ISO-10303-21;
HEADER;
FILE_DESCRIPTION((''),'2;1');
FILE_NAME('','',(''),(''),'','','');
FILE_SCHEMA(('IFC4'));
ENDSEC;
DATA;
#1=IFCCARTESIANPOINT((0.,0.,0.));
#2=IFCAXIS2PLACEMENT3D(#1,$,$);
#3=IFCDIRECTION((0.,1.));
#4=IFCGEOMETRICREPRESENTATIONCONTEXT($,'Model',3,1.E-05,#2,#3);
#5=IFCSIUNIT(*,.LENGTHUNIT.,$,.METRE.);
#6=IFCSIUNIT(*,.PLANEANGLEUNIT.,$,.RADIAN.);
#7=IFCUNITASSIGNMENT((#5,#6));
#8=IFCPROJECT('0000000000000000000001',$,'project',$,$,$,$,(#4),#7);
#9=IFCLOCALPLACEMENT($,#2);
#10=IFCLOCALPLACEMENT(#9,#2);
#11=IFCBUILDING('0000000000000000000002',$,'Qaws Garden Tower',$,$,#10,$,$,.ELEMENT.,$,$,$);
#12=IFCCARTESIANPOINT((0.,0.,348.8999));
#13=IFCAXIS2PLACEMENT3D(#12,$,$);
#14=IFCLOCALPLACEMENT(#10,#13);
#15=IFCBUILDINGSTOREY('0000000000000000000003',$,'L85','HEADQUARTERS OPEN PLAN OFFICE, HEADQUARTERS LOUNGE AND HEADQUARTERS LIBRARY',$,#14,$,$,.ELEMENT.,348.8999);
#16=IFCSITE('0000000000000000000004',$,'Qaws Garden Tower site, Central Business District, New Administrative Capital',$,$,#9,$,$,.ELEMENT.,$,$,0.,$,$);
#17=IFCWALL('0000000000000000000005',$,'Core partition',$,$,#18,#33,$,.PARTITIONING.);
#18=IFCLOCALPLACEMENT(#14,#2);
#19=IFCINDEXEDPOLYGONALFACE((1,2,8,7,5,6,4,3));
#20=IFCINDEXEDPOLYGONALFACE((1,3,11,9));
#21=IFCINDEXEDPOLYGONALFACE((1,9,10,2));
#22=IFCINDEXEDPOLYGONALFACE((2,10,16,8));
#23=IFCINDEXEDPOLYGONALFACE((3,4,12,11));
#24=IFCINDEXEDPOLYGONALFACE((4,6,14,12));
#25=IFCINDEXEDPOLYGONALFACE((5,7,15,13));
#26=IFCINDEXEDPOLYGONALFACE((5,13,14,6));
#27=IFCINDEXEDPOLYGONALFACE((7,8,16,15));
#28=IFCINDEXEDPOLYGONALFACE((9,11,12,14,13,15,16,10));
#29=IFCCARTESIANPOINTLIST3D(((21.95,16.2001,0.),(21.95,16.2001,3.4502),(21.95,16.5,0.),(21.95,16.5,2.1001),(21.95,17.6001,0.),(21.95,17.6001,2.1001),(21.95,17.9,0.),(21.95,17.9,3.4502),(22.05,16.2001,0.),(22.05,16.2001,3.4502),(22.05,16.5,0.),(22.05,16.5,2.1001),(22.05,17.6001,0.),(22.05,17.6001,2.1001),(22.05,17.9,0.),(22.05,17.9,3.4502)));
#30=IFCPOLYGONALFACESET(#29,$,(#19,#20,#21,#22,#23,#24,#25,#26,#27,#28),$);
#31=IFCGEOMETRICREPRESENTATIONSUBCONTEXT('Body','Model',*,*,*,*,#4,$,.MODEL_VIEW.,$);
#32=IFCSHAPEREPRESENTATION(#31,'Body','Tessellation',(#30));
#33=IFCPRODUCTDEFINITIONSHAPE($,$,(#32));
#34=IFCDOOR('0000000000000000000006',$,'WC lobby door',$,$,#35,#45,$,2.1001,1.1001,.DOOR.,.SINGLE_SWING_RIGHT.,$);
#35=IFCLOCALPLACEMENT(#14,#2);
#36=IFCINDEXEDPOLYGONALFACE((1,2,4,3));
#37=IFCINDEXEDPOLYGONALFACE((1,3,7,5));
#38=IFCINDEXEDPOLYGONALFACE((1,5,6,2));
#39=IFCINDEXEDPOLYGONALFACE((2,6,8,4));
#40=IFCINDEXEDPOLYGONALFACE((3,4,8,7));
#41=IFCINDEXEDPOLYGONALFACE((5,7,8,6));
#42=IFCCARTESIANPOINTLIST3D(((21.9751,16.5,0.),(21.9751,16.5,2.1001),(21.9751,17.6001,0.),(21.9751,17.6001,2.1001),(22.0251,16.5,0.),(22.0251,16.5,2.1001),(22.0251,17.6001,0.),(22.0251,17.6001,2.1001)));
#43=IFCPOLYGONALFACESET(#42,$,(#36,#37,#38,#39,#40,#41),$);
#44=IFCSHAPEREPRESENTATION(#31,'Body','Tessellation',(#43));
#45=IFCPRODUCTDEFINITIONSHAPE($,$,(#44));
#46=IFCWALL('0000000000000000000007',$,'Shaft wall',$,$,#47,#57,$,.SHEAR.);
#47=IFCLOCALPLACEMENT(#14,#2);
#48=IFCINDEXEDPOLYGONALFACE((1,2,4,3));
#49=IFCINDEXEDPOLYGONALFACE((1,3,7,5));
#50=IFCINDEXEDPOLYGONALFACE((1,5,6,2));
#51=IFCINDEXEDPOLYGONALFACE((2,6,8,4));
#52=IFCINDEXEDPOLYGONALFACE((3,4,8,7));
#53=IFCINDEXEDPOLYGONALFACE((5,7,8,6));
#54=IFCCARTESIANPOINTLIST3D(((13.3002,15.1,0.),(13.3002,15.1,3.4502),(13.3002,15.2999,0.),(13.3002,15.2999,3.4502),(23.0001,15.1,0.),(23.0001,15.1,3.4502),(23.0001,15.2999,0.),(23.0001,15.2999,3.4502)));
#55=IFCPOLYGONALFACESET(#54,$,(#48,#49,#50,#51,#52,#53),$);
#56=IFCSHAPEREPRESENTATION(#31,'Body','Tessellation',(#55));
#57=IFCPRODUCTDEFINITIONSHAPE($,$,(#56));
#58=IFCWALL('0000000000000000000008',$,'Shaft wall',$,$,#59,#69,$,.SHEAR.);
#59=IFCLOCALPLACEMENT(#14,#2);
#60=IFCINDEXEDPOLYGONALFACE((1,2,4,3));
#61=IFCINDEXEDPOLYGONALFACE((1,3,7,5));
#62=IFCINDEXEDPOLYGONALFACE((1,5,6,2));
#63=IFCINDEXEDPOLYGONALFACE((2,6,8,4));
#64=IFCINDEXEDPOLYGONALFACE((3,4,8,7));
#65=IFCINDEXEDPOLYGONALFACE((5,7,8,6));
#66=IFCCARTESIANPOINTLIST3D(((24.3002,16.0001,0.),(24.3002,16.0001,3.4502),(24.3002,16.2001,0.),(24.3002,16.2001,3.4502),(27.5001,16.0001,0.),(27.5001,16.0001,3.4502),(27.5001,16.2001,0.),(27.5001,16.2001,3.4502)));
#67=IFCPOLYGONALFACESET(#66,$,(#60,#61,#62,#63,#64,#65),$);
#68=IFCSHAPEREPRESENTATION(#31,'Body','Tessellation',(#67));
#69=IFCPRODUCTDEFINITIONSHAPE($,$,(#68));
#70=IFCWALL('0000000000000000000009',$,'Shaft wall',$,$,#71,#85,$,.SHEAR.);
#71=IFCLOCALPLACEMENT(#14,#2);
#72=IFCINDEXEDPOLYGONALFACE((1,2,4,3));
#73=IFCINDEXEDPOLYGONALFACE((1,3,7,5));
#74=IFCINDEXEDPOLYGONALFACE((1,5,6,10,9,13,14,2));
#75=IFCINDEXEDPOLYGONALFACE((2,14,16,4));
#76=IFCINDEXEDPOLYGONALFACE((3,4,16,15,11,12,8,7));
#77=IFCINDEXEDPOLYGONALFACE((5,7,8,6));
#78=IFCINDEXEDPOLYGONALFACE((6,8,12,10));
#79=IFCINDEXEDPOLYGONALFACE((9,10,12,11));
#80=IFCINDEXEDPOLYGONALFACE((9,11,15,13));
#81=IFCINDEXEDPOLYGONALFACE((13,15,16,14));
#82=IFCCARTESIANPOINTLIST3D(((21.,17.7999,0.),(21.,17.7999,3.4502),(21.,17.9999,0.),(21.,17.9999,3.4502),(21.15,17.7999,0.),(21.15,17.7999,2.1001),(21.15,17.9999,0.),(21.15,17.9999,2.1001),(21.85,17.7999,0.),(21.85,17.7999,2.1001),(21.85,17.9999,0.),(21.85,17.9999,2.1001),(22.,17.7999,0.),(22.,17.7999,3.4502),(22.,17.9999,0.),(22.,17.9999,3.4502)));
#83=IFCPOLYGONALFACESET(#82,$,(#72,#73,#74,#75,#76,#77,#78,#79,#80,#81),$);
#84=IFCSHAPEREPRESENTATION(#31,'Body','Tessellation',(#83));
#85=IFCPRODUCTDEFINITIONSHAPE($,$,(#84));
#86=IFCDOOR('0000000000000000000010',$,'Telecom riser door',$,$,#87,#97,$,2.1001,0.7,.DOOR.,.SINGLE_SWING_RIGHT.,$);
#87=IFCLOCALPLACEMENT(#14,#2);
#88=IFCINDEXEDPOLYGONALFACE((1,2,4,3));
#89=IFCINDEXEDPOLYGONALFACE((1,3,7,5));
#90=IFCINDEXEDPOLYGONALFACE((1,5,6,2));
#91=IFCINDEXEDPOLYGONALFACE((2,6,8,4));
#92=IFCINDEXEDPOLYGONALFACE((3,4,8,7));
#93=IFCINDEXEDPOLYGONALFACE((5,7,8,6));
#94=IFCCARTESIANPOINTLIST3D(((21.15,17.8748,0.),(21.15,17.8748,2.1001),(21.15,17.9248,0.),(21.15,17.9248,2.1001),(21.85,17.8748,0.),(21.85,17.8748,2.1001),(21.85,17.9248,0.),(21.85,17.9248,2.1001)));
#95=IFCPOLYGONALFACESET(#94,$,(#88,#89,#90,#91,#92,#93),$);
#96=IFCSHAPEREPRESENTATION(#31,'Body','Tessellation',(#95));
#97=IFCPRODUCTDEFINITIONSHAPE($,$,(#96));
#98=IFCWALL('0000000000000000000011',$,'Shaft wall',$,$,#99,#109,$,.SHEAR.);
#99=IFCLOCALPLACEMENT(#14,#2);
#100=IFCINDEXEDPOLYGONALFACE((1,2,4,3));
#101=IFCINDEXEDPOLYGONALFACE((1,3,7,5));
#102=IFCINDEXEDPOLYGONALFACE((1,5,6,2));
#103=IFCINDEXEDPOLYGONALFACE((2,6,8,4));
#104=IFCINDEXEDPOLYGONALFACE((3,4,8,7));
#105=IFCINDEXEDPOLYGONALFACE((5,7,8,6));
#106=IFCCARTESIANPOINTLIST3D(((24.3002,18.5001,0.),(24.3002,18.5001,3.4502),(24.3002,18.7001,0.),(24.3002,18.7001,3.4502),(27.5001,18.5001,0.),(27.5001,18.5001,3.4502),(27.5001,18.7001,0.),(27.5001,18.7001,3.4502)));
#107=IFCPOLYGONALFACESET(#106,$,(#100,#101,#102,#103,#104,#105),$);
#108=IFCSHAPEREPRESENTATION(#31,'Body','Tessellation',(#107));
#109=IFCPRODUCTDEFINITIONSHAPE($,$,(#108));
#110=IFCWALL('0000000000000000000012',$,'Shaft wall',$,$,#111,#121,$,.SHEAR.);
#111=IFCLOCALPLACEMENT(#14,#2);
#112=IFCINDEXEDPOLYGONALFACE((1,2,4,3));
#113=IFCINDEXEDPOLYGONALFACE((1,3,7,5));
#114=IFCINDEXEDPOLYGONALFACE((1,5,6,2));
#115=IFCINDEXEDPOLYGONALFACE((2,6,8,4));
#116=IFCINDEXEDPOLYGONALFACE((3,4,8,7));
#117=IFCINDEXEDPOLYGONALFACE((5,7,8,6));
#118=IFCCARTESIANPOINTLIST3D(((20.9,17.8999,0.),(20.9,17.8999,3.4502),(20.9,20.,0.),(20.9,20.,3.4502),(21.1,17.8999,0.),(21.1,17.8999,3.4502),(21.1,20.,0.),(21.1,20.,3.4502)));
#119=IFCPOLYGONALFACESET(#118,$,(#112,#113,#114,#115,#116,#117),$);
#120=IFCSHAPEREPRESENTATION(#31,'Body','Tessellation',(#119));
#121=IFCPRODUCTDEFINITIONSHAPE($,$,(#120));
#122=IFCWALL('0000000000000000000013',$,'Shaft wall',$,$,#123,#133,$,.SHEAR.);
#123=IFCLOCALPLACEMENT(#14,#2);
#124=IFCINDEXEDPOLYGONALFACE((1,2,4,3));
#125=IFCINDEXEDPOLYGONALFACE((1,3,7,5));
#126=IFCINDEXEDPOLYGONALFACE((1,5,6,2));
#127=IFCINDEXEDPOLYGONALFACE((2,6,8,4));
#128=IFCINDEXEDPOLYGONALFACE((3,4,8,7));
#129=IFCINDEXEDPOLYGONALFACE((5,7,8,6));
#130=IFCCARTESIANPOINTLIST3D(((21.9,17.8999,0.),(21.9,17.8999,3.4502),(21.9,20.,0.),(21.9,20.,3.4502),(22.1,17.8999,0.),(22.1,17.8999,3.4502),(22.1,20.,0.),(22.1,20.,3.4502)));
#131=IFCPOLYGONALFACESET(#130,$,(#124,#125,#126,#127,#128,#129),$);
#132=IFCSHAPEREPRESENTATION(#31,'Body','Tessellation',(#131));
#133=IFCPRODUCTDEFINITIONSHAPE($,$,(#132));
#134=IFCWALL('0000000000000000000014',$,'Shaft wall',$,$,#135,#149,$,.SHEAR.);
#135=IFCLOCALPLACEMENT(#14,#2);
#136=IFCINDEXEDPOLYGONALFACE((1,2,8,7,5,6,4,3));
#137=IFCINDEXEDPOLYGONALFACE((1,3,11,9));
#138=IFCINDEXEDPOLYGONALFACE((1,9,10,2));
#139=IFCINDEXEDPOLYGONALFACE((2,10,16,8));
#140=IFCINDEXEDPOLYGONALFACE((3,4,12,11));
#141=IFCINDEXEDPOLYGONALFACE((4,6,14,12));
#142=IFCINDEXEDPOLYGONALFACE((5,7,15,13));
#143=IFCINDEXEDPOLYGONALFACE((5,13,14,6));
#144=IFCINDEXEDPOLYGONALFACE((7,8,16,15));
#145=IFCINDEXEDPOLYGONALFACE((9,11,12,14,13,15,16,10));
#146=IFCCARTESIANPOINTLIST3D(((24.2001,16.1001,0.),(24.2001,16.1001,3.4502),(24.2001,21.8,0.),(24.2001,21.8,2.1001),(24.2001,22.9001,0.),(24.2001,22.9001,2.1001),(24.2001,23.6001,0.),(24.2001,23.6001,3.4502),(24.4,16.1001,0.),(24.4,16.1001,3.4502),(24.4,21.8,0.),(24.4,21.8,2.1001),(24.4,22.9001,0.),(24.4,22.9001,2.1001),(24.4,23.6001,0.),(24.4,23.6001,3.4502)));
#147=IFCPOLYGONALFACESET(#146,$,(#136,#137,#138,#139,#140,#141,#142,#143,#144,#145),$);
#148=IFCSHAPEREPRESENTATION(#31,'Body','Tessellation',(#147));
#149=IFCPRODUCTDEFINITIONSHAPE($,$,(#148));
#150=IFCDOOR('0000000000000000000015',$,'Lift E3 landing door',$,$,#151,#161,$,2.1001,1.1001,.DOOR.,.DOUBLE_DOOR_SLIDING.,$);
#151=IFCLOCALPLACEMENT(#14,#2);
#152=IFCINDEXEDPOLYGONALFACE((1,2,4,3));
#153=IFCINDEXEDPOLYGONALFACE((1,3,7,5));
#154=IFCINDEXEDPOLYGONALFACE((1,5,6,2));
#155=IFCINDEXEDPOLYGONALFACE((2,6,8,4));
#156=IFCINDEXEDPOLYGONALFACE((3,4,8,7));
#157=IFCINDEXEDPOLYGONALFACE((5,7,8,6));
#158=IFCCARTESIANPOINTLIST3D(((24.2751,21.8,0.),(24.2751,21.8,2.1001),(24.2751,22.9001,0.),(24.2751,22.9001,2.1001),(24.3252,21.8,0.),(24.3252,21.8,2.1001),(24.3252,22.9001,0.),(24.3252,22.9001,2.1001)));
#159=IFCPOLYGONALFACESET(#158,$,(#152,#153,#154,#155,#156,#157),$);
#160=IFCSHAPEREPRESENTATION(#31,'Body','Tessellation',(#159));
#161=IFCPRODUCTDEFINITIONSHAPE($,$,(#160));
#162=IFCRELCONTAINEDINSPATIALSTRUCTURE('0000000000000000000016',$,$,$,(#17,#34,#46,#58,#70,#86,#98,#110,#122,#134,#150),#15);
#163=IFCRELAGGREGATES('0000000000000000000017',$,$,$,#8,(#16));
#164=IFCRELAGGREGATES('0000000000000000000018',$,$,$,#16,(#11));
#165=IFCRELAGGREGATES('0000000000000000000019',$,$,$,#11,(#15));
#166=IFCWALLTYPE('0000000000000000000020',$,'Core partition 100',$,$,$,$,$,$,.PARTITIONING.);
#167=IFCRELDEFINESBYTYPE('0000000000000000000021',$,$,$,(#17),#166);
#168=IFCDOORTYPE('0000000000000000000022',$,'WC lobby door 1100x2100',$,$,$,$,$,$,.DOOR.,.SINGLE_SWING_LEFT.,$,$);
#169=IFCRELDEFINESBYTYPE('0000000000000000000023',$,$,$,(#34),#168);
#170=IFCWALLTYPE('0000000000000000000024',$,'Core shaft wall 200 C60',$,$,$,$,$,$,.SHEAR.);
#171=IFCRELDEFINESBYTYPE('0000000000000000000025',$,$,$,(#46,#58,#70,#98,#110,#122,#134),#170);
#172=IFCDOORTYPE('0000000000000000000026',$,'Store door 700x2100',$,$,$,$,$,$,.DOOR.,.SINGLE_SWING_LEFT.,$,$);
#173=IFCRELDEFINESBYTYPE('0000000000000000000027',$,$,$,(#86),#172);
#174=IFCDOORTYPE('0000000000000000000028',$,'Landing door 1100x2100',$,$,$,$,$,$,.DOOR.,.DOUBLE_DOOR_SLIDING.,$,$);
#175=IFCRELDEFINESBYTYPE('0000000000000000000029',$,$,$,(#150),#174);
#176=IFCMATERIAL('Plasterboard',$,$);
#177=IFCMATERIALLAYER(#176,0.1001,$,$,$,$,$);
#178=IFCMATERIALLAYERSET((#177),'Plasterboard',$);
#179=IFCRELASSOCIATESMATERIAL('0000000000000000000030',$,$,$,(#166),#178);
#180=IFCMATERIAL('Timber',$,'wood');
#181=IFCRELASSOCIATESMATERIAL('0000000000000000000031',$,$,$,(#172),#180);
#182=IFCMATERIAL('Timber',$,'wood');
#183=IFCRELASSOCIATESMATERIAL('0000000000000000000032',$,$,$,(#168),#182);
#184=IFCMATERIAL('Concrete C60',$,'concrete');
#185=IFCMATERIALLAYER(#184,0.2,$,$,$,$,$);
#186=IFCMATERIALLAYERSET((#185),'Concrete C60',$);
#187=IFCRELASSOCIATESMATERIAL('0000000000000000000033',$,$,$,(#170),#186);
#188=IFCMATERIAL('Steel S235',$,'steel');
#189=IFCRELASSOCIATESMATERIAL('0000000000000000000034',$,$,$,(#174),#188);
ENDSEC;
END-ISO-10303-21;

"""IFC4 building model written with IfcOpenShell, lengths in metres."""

from ifc_helpers import new_model, si_unit, direction, frame, frame_2d, origin, place, context, subcontext, project, spatial, rectangle, extrude, material, layer, layer_set, type_object, element, fill, save


model = new_model("IFC4")

# Units and contexts
model_context = context("Model", 3, precision=1e-05, world=origin(), true_north=direction((0.0, 1.0)))
body_context = subcontext(model_context, "Body", "Model", "MODEL_VIEW")
ifc_project = project(units=[si_unit("LENGTHUNIT", "METRE"), si_unit("PLANEANGLEUNIT", "RADIAN")], contexts=[model_context])

# Site, building, storey
site_placement = place(None, origin())
site = spatial("IfcSite", under=ifc_project, at=site_placement, Name="Qaws Garden Tower site, Central Business District, New Administrative Capital", CompositionType="ELEMENT", RefElevation=0.0)
building_placement = place(site_placement, origin())
building = spatial("IfcBuilding", under=site, at=building_placement, Name="Qaws Garden Tower", CompositionType="ELEMENT")
storey_placement = place(building_placement, frame((0.0, 0.0, 348.8999)))
storey = spatial("IfcBuildingStorey", under=building, at=storey_placement, Name="L85", Description="HEADQUARTERS OPEN PLAN OFFICE, HEADQUARTERS LOUNGE AND HEADQUARTERS LIBRARY", CompositionType="ELEMENT", Elevation=348.8999)

# Shared definitions
ifc_material_1 = material(Name="Plasterboard")
ifc_layer_1 = layer(ifc_material_1, 0.1001)
ifc_layer_set_1 = layer_set([ifc_layer_1], Name="Plasterboard")
wall_type_1 = type_object("IfcWallType", Name="Core partition 100", PredefinedType="PARTITIONING", material=ifc_layer_set_1)

# Shared definitions
ifc_material_2 = material(Name="Timber", Category="wood")
door_type_1 = type_object("IfcDoorType", Name="Store door 700x2100", OperationType="SINGLE_SWING_LEFT", PredefinedType="DOOR", material=ifc_material_2)

# Wall, opening, door
wall_1_placement = place(storey_placement, frame((22.0, 16.2, 0.0), z_axis=(0.0, 0.0, 1.0), x_axis=(0.0, 1.0, 0.0)))
wall_1 = element("IfcWall", 1, at=wall_1_placement, inside=storey, type_object=wall_type_1, Name="Core partition", PredefinedType="PARTITIONING", context=body_context, shape_type="SweptSolid", body=[
    extrude(rectangle(XDim=1.7, YDim=0.1001, at=frame_2d((0.8501, 0.0))), origin(), (0.0, 0.0, 1.0), 3.4502),
])
opening_1_placement = place(wall_1_placement, frame((0.3, 0.0, 0.0)))
opening_1 = element("IfcOpeningElement", 2, at=opening_1_placement, cuts=wall_1, PredefinedType="OPENING", context=body_context, shape_type="SweptSolid", body=[
    extrude(rectangle(XDim=1.1001, YDim=2.1001, at=frame_2d((0.55, 1.05))), frame((0.0, 0.0601, 0.0), z_axis=(0.0, -1.0, 0.0), x_axis=(1.0, 0.0, 0.0)), (0.0, 0.0, 1.0), 0.1201),
])
ifc_material_3 = material(Name="Timber", Category="wood")
door_type_2 = type_object("IfcDoorType", Name="WC lobby door 1100x2100", OperationType="SINGLE_SWING_LEFT", PredefinedType="DOOR", material=ifc_material_3)
door_1_placement = place(opening_1_placement, origin())
door_1 = element("IfcDoor", 3, at=door_1_placement, inside=storey, type_object=door_type_2, Name="WC lobby door", OperationType="SINGLE_SWING_RIGHT", OverallHeight=2.1001, OverallWidth=1.1001, PredefinedType="DOOR", context=body_context, shape_type="SweptSolid", body=[
    extrude(rectangle(XDim=1.1001, YDim=2.1001, at=frame_2d((0.55, 1.05))), frame((0.0, 0.0249, 0.0), z_axis=(0.0, -1.0, 0.0), x_axis=(1.0, 0.0, 0.0)), (0.0, 0.0, 1.0), 0.05),
])
fill(opening_1, door_1)

# Walls
ifc_material_4 = material(Name="Concrete C60", Category="concrete")
ifc_layer_2 = layer(ifc_material_4, 0.2)
ifc_layer_set_2 = layer_set([ifc_layer_2], Name="Concrete C60")
wall_type_2 = type_object("IfcWallType", Name="Core shaft wall 200 C60", PredefinedType="SHEAR", material=ifc_layer_set_2)
wall_2_placement = place(storey_placement, frame((13.3, 15.2, 0.0), z_axis=(0.0, 0.0, 1.0), x_axis=(1.0, 0.0, 0.0)))
element("IfcWall", 4, at=wall_2_placement, inside=storey, type_object=wall_type_2, Name="Shaft wall", PredefinedType="SHEAR", context=body_context, shape_type="SweptSolid", body=[
    extrude(rectangle(XDim=9.7, YDim=0.2, at=frame_2d((4.8501, 0.0))), origin(), (0.0, 0.0, 1.0), 3.4502),
])
wall_3_placement = place(storey_placement, frame((24.3, 16.1001, 0.0), z_axis=(0.0, 0.0, 1.0), x_axis=(1.0, 0.0, 0.0)))
element("IfcWall", 5, at=wall_3_placement, inside=storey, type_object=wall_type_2, Name="Shaft wall", PredefinedType="SHEAR", context=body_context, shape_type="SweptSolid", body=[
    extrude(rectangle(XDim=3.2, YDim=0.2, at=frame_2d((1.6001, 0.0))), origin(), (0.0, 0.0, 1.0), 3.4502),
])

# Wall, opening, door
wall_4_placement = place(storey_placement, frame((21.0, 17.8999, 0.0), z_axis=(0.0, 0.0, 1.0), x_axis=(1.0, 0.0, 0.0)))
wall_4 = element("IfcWall", 6, at=wall_4_placement, inside=storey, type_object=wall_type_2, Name="Shaft wall", PredefinedType="SHEAR", context=body_context, shape_type="SweptSolid", body=[
    extrude(rectangle(XDim=1.0, YDim=0.2, at=frame_2d((0.5, 0.0))), origin(), (0.0, 0.0, 1.0), 3.4502),
])
opening_2_placement = place(wall_4_placement, frame((0.1499, 0.0, 0.0)))
opening_2 = element("IfcOpeningElement", 7, at=opening_2_placement, cuts=wall_4, PredefinedType="OPENING", context=body_context, shape_type="SweptSolid", body=[
    extrude(rectangle(XDim=0.7, YDim=2.1001, at=frame_2d((0.3501, 1.05))), frame((0.0, 0.1099, 0.0), z_axis=(0.0, -1.0, 0.0), x_axis=(1.0, 0.0, 0.0)), (0.0, 0.0, 1.0), 0.22),
])
door_2_placement = place(opening_2_placement, origin())
door_2 = element("IfcDoor", 8, at=door_2_placement, inside=storey, type_object=door_type_1, Name="Telecom riser door", OperationType="SINGLE_SWING_RIGHT", OverallHeight=2.1001, OverallWidth=0.7, PredefinedType="DOOR", context=body_context, shape_type="SweptSolid", body=[
    extrude(rectangle(XDim=0.7, YDim=2.1001, at=frame_2d((0.3501, 1.05))), frame((0.0, 0.0249, 0.0), z_axis=(0.0, -1.0, 0.0), x_axis=(1.0, 0.0, 0.0)), (0.0, 0.0, 1.0), 0.05),
])
fill(opening_2, door_2)

# Walls
wall_5_placement = place(storey_placement, frame((24.3, 18.6001, 0.0), z_axis=(0.0, 0.0, 1.0), x_axis=(1.0, 0.0, 0.0)))
element("IfcWall", 9, at=wall_5_placement, inside=storey, type_object=wall_type_2, Name="Shaft wall", PredefinedType="SHEAR", context=body_context, shape_type="SweptSolid", body=[
    extrude(rectangle(XDim=3.2, YDim=0.2, at=frame_2d((1.6001, 0.0))), origin(), (0.0, 0.0, 1.0), 3.4502),
])
for number, where, z_axis, x_axis, name in (
    (10, (21.0, 17.8999, 0.0), (0.0, 0.0, 1.0), (0.0, 1.0, 0.0), "Shaft wall"),
    (11, (22.0, 17.8999, 0.0), (0.0, 0.0, 1.0), (0.0, 1.0, 0.0), "Shaft wall"),
):
    element("IfcWall", number, at=place(storey_placement, frame(where, z_axis=z_axis, x_axis=x_axis)), inside=storey, type_object=wall_type_2, Name=name, PredefinedType="SHEAR", context=body_context, shape_type="SweptSolid", body=[
        extrude(rectangle(XDim=2.1001, YDim=0.2, at=frame_2d((1.05, 0.0))), origin(), (0.0, 0.0, 1.0), 3.4502),
    ])

# Wall, opening, door
wall_6_placement = place(storey_placement, frame((24.3, 16.1001, 0.0), z_axis=(0.0, 0.0, 1.0), x_axis=(0.0, 1.0, 0.0)))
wall_6 = element("IfcWall", 12, at=wall_6_placement, inside=storey, type_object=wall_type_2, Name="Shaft wall", PredefinedType="SHEAR", context=body_context, shape_type="SweptSolid", body=[
    extrude(rectangle(XDim=7.5, YDim=0.2, at=frame_2d((3.75, 0.0))), origin(), (0.0, 0.0, 1.0), 3.4502),
])
opening_3_placement = place(wall_6_placement, frame((5.7, 0.0, 0.0)))
opening_3 = element("IfcOpeningElement", 13, at=opening_3_placement, cuts=wall_6, PredefinedType="OPENING", context=body_context, shape_type="SweptSolid", body=[
    extrude(rectangle(XDim=1.1001, YDim=2.1001, at=frame_2d((0.55, 1.05))), frame((0.0, 0.1099, 0.0), z_axis=(0.0, -1.0, 0.0), x_axis=(1.0, 0.0, 0.0)), (0.0, 0.0, 1.0), 0.22),
])
ifc_material_5 = material(Name="Steel S235", Category="steel")
door_type_3 = type_object("IfcDoorType", Name="Landing door 1100x2100", OperationType="DOUBLE_DOOR_SLIDING", PredefinedType="DOOR", material=ifc_material_5)
door_3_placement = place(opening_3_placement, origin())
door_3 = element("IfcDoor", 14, at=door_3_placement, inside=storey, type_object=door_type_3, Name="Lift E3 landing door", OperationType="DOUBLE_DOOR_SLIDING", OverallHeight=2.1001, OverallWidth=1.1001, PredefinedType="DOOR", context=body_context, shape_type="SweptSolid", body=[
    extrude(rectangle(XDim=1.1001, YDim=2.1001, at=frame_2d((0.55, 1.05))), frame((0.0, 0.0249, 0.0), z_axis=(0.0, -1.0, 0.0), x_axis=(1.0, 0.0, 0.0)), (0.0, 0.0, 1.0), 0.05),
])
fill(opening_3, door_3)

save(model, "model.ifc")
